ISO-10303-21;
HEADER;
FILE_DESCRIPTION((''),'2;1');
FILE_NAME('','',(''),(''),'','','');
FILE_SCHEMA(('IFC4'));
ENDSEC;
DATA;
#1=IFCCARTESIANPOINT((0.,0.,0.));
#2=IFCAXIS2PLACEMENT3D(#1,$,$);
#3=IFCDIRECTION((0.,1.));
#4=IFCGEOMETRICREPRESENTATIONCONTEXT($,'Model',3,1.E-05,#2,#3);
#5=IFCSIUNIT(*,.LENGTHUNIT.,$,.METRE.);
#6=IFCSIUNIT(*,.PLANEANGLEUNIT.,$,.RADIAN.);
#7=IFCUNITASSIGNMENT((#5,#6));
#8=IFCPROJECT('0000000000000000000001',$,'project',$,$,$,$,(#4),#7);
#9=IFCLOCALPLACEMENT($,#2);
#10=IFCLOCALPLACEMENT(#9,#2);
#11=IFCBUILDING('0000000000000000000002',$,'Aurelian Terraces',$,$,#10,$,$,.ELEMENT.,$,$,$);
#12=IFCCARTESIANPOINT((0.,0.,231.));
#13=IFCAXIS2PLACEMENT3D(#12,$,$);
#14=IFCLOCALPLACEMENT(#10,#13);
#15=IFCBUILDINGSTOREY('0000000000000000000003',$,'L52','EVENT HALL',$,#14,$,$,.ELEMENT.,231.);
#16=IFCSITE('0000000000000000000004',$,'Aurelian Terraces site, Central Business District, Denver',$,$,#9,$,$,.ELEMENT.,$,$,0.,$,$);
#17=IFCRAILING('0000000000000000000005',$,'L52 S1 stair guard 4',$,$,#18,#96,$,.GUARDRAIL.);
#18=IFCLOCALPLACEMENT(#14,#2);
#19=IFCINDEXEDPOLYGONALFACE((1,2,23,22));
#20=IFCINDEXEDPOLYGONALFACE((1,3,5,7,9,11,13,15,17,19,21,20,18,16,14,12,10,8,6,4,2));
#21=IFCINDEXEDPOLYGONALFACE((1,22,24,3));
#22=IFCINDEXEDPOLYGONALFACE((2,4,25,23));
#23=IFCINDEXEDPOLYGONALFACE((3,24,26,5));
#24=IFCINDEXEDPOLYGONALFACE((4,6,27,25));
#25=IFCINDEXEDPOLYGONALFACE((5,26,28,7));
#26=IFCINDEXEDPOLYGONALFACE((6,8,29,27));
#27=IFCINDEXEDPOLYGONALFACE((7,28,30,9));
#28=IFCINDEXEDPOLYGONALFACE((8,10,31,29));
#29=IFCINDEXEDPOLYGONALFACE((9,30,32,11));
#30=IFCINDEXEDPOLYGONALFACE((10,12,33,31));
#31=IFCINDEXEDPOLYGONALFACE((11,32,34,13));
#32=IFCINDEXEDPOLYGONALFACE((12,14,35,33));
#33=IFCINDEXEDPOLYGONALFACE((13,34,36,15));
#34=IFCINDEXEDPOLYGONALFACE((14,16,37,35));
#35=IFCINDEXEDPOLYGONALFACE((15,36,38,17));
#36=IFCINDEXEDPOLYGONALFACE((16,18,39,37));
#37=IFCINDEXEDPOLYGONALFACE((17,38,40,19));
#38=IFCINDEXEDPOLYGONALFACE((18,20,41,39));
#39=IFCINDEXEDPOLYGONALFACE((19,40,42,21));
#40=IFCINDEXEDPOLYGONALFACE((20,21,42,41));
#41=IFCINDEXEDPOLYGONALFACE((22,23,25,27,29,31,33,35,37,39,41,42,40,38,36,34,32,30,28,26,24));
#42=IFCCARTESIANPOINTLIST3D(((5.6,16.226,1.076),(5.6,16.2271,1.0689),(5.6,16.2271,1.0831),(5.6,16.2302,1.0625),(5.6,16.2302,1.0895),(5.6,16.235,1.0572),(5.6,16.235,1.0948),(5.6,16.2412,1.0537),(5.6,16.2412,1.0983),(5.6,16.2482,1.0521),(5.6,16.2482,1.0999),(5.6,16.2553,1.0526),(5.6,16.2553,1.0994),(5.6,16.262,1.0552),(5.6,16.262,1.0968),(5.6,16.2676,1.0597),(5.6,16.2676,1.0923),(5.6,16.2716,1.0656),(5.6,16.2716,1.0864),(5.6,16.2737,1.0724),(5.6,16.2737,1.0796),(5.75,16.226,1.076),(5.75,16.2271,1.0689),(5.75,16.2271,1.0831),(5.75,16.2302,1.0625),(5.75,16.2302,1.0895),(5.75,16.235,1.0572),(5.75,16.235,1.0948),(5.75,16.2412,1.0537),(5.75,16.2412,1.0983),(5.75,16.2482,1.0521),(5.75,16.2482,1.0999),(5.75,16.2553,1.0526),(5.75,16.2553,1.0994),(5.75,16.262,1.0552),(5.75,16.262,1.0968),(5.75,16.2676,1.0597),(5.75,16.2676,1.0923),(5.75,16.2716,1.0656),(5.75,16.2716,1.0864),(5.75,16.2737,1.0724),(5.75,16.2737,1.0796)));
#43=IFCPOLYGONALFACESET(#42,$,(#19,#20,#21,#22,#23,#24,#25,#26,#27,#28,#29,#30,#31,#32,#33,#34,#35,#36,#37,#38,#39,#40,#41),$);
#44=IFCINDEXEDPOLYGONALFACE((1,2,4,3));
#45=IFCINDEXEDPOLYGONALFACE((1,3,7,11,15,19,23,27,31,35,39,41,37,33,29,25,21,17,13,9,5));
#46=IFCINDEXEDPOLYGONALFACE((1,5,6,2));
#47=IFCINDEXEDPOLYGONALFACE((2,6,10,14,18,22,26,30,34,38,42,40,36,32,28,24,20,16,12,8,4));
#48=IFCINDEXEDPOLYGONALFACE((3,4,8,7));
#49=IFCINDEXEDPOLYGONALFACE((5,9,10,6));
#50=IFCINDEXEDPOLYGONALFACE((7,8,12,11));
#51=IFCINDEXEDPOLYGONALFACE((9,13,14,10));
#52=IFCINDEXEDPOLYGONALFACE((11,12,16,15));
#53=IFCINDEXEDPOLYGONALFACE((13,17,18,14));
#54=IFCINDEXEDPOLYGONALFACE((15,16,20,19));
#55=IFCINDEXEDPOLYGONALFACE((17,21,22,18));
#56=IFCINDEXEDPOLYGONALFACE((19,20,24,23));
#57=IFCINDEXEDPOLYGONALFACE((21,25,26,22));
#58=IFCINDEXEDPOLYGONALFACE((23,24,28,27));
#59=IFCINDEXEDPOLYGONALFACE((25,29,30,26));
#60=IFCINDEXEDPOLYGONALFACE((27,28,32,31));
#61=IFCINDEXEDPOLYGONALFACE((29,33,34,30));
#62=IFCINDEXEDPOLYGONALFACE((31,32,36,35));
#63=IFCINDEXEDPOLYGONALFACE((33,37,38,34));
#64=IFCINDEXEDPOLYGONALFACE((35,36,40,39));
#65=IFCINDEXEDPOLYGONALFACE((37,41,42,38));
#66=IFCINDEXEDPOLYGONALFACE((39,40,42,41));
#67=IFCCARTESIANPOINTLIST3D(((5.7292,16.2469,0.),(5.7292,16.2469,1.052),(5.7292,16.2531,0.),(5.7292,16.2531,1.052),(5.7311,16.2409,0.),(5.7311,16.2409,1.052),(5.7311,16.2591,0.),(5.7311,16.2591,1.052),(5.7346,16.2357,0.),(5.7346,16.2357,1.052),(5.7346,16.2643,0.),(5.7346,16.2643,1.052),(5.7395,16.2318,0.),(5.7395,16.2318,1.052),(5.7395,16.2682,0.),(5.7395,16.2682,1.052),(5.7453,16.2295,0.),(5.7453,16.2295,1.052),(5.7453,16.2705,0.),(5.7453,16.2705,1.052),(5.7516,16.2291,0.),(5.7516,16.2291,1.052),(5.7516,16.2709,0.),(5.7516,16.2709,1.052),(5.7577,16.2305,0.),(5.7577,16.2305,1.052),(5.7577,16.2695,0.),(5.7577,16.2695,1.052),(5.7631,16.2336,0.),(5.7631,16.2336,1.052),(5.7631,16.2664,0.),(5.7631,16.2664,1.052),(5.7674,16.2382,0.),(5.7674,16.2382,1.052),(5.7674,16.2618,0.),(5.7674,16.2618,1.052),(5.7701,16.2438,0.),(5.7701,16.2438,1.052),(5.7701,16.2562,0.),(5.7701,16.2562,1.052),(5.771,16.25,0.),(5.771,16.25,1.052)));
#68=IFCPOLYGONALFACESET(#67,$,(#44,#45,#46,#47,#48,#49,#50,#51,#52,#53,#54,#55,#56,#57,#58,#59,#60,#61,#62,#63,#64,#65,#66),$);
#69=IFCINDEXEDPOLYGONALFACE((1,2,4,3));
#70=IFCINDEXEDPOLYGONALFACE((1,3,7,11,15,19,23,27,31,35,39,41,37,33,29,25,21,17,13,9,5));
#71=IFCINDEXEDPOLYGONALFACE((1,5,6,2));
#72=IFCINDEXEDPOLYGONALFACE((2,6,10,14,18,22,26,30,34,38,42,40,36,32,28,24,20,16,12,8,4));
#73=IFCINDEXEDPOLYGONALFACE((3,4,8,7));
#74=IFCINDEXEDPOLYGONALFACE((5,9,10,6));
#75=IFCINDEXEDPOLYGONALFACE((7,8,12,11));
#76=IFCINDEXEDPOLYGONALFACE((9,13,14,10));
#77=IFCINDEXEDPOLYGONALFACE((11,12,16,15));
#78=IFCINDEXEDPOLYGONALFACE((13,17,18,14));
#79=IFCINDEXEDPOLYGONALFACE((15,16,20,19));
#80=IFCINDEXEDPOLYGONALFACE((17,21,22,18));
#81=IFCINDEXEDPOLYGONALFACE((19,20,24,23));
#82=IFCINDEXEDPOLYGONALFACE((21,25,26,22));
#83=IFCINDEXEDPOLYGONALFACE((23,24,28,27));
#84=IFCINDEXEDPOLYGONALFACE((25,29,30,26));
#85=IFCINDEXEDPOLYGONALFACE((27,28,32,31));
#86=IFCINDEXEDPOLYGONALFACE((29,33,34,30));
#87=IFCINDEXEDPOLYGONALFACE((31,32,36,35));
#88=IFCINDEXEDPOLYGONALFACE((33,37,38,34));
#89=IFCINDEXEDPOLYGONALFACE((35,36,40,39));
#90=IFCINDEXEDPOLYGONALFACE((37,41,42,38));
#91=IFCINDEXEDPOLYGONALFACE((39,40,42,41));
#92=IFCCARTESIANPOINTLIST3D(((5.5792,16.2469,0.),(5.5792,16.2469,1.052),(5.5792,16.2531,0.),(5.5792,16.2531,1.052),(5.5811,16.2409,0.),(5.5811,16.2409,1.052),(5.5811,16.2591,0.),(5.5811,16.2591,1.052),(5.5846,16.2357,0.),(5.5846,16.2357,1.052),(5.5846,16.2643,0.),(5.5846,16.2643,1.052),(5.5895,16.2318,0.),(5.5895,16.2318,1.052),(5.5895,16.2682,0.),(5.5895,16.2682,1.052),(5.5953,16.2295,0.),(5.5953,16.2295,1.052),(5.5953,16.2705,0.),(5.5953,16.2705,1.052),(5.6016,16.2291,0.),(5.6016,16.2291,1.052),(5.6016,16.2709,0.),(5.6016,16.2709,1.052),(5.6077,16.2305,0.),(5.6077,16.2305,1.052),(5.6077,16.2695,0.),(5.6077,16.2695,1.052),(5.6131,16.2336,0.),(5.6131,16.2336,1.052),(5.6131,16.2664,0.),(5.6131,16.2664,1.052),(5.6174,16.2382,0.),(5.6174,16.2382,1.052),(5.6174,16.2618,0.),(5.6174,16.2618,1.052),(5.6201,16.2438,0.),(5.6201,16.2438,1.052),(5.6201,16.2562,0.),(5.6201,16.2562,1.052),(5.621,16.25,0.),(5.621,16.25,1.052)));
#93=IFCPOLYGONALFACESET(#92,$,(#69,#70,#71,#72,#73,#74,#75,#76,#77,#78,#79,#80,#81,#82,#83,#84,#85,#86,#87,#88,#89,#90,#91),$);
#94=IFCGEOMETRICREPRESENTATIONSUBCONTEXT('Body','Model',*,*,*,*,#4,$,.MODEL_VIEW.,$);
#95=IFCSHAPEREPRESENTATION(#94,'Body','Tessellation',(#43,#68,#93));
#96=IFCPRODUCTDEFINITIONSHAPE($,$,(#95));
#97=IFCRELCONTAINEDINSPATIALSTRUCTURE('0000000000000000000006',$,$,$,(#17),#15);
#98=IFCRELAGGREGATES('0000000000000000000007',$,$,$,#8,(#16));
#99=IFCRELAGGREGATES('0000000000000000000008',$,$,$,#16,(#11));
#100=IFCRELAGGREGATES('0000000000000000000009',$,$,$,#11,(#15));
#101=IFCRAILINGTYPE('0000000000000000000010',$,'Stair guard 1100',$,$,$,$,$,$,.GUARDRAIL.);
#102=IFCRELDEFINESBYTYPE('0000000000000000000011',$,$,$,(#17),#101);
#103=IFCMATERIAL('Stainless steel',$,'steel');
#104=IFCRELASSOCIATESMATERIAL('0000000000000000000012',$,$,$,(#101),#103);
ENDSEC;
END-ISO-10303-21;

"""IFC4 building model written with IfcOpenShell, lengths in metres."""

from ifc_helpers import new_model, si_unit, direction, frame, origin, origin_2d, place, context, subcontext, project, spatial, circle, extrude, source, transform, mapped, material, type_object, element, save


model = new_model("IFC4")

# Units and contexts
model_context = context("Model", 3, precision=1e-05, world=origin(), true_north=direction((0.0, 1.0)))
body_context = subcontext(model_context, "Body", "Model", "MODEL_VIEW")
ifc_project = project(units=[si_unit("LENGTHUNIT", "METRE"), si_unit("PLANEANGLEUNIT", "RADIAN")], contexts=[model_context])

# Site, building, storey
site_placement = place(None, origin())
site = spatial("IfcSite", under=ifc_project, at=site_placement, Name="Aurelian Terraces site, Central Business District, Denver", CompositionType="ELEMENT", RefElevation=0.0)
building_placement = place(site_placement, origin())
building = spatial("IfcBuilding", under=site, at=building_placement, Name="Aurelian Terraces", CompositionType="ELEMENT")
storey_placement = place(building_placement, frame((0.0, 0.0, 231.0)))
storey = spatial("IfcBuildingStorey", under=building, at=storey_placement, Name="L52", Description="EVENT HALL", CompositionType="ELEMENT", Elevation=231.0)

# Shared definitions
ifc_material_1 = material(Name="Stainless steel", Category="steel")

# Railing
railing_type = type_object("IfcRailingType", Name="Stair guard 1100", PredefinedType="GUARDRAIL", material=ifc_material_1)
shared_shape_1 = source(origin(), body_context, "Body", "SweptSolid", [
    extrude(circle(Radius=0.024, at=origin_2d()), frame((0.0, 0.0, 1.076), z_axis=(-1.0, 0.0, 0.0), x_axis=(0.0, -1.0, 0.0)), (0.0, 0.0, 1.0), 0.15),
    extrude(circle(Radius=0.021, at=origin_2d()), origin(), (0.0, 0.0, 1.0), 1.052),
    extrude(circle(Radius=0.021, at=origin_2d()), frame((-0.15, 0.0, 0.0)), (0.0, 0.0, 1.0), 1.052),
])
railing_placement = place(storey_placement, frame((5.75, 16.25, 0.0)))
element("IfcRailing", 1, at=railing_placement, inside=storey, type_object=railing_type, Name="L52 S1 stair guard 4", PredefinedType="GUARDRAIL", context=body_context, shape_type="MappedRepresentation", body=[
    mapped(shared_shape_1, transform((0.0, 0.0, 0.0), scale=1.0)),
])

save(model, "model.ifc")
